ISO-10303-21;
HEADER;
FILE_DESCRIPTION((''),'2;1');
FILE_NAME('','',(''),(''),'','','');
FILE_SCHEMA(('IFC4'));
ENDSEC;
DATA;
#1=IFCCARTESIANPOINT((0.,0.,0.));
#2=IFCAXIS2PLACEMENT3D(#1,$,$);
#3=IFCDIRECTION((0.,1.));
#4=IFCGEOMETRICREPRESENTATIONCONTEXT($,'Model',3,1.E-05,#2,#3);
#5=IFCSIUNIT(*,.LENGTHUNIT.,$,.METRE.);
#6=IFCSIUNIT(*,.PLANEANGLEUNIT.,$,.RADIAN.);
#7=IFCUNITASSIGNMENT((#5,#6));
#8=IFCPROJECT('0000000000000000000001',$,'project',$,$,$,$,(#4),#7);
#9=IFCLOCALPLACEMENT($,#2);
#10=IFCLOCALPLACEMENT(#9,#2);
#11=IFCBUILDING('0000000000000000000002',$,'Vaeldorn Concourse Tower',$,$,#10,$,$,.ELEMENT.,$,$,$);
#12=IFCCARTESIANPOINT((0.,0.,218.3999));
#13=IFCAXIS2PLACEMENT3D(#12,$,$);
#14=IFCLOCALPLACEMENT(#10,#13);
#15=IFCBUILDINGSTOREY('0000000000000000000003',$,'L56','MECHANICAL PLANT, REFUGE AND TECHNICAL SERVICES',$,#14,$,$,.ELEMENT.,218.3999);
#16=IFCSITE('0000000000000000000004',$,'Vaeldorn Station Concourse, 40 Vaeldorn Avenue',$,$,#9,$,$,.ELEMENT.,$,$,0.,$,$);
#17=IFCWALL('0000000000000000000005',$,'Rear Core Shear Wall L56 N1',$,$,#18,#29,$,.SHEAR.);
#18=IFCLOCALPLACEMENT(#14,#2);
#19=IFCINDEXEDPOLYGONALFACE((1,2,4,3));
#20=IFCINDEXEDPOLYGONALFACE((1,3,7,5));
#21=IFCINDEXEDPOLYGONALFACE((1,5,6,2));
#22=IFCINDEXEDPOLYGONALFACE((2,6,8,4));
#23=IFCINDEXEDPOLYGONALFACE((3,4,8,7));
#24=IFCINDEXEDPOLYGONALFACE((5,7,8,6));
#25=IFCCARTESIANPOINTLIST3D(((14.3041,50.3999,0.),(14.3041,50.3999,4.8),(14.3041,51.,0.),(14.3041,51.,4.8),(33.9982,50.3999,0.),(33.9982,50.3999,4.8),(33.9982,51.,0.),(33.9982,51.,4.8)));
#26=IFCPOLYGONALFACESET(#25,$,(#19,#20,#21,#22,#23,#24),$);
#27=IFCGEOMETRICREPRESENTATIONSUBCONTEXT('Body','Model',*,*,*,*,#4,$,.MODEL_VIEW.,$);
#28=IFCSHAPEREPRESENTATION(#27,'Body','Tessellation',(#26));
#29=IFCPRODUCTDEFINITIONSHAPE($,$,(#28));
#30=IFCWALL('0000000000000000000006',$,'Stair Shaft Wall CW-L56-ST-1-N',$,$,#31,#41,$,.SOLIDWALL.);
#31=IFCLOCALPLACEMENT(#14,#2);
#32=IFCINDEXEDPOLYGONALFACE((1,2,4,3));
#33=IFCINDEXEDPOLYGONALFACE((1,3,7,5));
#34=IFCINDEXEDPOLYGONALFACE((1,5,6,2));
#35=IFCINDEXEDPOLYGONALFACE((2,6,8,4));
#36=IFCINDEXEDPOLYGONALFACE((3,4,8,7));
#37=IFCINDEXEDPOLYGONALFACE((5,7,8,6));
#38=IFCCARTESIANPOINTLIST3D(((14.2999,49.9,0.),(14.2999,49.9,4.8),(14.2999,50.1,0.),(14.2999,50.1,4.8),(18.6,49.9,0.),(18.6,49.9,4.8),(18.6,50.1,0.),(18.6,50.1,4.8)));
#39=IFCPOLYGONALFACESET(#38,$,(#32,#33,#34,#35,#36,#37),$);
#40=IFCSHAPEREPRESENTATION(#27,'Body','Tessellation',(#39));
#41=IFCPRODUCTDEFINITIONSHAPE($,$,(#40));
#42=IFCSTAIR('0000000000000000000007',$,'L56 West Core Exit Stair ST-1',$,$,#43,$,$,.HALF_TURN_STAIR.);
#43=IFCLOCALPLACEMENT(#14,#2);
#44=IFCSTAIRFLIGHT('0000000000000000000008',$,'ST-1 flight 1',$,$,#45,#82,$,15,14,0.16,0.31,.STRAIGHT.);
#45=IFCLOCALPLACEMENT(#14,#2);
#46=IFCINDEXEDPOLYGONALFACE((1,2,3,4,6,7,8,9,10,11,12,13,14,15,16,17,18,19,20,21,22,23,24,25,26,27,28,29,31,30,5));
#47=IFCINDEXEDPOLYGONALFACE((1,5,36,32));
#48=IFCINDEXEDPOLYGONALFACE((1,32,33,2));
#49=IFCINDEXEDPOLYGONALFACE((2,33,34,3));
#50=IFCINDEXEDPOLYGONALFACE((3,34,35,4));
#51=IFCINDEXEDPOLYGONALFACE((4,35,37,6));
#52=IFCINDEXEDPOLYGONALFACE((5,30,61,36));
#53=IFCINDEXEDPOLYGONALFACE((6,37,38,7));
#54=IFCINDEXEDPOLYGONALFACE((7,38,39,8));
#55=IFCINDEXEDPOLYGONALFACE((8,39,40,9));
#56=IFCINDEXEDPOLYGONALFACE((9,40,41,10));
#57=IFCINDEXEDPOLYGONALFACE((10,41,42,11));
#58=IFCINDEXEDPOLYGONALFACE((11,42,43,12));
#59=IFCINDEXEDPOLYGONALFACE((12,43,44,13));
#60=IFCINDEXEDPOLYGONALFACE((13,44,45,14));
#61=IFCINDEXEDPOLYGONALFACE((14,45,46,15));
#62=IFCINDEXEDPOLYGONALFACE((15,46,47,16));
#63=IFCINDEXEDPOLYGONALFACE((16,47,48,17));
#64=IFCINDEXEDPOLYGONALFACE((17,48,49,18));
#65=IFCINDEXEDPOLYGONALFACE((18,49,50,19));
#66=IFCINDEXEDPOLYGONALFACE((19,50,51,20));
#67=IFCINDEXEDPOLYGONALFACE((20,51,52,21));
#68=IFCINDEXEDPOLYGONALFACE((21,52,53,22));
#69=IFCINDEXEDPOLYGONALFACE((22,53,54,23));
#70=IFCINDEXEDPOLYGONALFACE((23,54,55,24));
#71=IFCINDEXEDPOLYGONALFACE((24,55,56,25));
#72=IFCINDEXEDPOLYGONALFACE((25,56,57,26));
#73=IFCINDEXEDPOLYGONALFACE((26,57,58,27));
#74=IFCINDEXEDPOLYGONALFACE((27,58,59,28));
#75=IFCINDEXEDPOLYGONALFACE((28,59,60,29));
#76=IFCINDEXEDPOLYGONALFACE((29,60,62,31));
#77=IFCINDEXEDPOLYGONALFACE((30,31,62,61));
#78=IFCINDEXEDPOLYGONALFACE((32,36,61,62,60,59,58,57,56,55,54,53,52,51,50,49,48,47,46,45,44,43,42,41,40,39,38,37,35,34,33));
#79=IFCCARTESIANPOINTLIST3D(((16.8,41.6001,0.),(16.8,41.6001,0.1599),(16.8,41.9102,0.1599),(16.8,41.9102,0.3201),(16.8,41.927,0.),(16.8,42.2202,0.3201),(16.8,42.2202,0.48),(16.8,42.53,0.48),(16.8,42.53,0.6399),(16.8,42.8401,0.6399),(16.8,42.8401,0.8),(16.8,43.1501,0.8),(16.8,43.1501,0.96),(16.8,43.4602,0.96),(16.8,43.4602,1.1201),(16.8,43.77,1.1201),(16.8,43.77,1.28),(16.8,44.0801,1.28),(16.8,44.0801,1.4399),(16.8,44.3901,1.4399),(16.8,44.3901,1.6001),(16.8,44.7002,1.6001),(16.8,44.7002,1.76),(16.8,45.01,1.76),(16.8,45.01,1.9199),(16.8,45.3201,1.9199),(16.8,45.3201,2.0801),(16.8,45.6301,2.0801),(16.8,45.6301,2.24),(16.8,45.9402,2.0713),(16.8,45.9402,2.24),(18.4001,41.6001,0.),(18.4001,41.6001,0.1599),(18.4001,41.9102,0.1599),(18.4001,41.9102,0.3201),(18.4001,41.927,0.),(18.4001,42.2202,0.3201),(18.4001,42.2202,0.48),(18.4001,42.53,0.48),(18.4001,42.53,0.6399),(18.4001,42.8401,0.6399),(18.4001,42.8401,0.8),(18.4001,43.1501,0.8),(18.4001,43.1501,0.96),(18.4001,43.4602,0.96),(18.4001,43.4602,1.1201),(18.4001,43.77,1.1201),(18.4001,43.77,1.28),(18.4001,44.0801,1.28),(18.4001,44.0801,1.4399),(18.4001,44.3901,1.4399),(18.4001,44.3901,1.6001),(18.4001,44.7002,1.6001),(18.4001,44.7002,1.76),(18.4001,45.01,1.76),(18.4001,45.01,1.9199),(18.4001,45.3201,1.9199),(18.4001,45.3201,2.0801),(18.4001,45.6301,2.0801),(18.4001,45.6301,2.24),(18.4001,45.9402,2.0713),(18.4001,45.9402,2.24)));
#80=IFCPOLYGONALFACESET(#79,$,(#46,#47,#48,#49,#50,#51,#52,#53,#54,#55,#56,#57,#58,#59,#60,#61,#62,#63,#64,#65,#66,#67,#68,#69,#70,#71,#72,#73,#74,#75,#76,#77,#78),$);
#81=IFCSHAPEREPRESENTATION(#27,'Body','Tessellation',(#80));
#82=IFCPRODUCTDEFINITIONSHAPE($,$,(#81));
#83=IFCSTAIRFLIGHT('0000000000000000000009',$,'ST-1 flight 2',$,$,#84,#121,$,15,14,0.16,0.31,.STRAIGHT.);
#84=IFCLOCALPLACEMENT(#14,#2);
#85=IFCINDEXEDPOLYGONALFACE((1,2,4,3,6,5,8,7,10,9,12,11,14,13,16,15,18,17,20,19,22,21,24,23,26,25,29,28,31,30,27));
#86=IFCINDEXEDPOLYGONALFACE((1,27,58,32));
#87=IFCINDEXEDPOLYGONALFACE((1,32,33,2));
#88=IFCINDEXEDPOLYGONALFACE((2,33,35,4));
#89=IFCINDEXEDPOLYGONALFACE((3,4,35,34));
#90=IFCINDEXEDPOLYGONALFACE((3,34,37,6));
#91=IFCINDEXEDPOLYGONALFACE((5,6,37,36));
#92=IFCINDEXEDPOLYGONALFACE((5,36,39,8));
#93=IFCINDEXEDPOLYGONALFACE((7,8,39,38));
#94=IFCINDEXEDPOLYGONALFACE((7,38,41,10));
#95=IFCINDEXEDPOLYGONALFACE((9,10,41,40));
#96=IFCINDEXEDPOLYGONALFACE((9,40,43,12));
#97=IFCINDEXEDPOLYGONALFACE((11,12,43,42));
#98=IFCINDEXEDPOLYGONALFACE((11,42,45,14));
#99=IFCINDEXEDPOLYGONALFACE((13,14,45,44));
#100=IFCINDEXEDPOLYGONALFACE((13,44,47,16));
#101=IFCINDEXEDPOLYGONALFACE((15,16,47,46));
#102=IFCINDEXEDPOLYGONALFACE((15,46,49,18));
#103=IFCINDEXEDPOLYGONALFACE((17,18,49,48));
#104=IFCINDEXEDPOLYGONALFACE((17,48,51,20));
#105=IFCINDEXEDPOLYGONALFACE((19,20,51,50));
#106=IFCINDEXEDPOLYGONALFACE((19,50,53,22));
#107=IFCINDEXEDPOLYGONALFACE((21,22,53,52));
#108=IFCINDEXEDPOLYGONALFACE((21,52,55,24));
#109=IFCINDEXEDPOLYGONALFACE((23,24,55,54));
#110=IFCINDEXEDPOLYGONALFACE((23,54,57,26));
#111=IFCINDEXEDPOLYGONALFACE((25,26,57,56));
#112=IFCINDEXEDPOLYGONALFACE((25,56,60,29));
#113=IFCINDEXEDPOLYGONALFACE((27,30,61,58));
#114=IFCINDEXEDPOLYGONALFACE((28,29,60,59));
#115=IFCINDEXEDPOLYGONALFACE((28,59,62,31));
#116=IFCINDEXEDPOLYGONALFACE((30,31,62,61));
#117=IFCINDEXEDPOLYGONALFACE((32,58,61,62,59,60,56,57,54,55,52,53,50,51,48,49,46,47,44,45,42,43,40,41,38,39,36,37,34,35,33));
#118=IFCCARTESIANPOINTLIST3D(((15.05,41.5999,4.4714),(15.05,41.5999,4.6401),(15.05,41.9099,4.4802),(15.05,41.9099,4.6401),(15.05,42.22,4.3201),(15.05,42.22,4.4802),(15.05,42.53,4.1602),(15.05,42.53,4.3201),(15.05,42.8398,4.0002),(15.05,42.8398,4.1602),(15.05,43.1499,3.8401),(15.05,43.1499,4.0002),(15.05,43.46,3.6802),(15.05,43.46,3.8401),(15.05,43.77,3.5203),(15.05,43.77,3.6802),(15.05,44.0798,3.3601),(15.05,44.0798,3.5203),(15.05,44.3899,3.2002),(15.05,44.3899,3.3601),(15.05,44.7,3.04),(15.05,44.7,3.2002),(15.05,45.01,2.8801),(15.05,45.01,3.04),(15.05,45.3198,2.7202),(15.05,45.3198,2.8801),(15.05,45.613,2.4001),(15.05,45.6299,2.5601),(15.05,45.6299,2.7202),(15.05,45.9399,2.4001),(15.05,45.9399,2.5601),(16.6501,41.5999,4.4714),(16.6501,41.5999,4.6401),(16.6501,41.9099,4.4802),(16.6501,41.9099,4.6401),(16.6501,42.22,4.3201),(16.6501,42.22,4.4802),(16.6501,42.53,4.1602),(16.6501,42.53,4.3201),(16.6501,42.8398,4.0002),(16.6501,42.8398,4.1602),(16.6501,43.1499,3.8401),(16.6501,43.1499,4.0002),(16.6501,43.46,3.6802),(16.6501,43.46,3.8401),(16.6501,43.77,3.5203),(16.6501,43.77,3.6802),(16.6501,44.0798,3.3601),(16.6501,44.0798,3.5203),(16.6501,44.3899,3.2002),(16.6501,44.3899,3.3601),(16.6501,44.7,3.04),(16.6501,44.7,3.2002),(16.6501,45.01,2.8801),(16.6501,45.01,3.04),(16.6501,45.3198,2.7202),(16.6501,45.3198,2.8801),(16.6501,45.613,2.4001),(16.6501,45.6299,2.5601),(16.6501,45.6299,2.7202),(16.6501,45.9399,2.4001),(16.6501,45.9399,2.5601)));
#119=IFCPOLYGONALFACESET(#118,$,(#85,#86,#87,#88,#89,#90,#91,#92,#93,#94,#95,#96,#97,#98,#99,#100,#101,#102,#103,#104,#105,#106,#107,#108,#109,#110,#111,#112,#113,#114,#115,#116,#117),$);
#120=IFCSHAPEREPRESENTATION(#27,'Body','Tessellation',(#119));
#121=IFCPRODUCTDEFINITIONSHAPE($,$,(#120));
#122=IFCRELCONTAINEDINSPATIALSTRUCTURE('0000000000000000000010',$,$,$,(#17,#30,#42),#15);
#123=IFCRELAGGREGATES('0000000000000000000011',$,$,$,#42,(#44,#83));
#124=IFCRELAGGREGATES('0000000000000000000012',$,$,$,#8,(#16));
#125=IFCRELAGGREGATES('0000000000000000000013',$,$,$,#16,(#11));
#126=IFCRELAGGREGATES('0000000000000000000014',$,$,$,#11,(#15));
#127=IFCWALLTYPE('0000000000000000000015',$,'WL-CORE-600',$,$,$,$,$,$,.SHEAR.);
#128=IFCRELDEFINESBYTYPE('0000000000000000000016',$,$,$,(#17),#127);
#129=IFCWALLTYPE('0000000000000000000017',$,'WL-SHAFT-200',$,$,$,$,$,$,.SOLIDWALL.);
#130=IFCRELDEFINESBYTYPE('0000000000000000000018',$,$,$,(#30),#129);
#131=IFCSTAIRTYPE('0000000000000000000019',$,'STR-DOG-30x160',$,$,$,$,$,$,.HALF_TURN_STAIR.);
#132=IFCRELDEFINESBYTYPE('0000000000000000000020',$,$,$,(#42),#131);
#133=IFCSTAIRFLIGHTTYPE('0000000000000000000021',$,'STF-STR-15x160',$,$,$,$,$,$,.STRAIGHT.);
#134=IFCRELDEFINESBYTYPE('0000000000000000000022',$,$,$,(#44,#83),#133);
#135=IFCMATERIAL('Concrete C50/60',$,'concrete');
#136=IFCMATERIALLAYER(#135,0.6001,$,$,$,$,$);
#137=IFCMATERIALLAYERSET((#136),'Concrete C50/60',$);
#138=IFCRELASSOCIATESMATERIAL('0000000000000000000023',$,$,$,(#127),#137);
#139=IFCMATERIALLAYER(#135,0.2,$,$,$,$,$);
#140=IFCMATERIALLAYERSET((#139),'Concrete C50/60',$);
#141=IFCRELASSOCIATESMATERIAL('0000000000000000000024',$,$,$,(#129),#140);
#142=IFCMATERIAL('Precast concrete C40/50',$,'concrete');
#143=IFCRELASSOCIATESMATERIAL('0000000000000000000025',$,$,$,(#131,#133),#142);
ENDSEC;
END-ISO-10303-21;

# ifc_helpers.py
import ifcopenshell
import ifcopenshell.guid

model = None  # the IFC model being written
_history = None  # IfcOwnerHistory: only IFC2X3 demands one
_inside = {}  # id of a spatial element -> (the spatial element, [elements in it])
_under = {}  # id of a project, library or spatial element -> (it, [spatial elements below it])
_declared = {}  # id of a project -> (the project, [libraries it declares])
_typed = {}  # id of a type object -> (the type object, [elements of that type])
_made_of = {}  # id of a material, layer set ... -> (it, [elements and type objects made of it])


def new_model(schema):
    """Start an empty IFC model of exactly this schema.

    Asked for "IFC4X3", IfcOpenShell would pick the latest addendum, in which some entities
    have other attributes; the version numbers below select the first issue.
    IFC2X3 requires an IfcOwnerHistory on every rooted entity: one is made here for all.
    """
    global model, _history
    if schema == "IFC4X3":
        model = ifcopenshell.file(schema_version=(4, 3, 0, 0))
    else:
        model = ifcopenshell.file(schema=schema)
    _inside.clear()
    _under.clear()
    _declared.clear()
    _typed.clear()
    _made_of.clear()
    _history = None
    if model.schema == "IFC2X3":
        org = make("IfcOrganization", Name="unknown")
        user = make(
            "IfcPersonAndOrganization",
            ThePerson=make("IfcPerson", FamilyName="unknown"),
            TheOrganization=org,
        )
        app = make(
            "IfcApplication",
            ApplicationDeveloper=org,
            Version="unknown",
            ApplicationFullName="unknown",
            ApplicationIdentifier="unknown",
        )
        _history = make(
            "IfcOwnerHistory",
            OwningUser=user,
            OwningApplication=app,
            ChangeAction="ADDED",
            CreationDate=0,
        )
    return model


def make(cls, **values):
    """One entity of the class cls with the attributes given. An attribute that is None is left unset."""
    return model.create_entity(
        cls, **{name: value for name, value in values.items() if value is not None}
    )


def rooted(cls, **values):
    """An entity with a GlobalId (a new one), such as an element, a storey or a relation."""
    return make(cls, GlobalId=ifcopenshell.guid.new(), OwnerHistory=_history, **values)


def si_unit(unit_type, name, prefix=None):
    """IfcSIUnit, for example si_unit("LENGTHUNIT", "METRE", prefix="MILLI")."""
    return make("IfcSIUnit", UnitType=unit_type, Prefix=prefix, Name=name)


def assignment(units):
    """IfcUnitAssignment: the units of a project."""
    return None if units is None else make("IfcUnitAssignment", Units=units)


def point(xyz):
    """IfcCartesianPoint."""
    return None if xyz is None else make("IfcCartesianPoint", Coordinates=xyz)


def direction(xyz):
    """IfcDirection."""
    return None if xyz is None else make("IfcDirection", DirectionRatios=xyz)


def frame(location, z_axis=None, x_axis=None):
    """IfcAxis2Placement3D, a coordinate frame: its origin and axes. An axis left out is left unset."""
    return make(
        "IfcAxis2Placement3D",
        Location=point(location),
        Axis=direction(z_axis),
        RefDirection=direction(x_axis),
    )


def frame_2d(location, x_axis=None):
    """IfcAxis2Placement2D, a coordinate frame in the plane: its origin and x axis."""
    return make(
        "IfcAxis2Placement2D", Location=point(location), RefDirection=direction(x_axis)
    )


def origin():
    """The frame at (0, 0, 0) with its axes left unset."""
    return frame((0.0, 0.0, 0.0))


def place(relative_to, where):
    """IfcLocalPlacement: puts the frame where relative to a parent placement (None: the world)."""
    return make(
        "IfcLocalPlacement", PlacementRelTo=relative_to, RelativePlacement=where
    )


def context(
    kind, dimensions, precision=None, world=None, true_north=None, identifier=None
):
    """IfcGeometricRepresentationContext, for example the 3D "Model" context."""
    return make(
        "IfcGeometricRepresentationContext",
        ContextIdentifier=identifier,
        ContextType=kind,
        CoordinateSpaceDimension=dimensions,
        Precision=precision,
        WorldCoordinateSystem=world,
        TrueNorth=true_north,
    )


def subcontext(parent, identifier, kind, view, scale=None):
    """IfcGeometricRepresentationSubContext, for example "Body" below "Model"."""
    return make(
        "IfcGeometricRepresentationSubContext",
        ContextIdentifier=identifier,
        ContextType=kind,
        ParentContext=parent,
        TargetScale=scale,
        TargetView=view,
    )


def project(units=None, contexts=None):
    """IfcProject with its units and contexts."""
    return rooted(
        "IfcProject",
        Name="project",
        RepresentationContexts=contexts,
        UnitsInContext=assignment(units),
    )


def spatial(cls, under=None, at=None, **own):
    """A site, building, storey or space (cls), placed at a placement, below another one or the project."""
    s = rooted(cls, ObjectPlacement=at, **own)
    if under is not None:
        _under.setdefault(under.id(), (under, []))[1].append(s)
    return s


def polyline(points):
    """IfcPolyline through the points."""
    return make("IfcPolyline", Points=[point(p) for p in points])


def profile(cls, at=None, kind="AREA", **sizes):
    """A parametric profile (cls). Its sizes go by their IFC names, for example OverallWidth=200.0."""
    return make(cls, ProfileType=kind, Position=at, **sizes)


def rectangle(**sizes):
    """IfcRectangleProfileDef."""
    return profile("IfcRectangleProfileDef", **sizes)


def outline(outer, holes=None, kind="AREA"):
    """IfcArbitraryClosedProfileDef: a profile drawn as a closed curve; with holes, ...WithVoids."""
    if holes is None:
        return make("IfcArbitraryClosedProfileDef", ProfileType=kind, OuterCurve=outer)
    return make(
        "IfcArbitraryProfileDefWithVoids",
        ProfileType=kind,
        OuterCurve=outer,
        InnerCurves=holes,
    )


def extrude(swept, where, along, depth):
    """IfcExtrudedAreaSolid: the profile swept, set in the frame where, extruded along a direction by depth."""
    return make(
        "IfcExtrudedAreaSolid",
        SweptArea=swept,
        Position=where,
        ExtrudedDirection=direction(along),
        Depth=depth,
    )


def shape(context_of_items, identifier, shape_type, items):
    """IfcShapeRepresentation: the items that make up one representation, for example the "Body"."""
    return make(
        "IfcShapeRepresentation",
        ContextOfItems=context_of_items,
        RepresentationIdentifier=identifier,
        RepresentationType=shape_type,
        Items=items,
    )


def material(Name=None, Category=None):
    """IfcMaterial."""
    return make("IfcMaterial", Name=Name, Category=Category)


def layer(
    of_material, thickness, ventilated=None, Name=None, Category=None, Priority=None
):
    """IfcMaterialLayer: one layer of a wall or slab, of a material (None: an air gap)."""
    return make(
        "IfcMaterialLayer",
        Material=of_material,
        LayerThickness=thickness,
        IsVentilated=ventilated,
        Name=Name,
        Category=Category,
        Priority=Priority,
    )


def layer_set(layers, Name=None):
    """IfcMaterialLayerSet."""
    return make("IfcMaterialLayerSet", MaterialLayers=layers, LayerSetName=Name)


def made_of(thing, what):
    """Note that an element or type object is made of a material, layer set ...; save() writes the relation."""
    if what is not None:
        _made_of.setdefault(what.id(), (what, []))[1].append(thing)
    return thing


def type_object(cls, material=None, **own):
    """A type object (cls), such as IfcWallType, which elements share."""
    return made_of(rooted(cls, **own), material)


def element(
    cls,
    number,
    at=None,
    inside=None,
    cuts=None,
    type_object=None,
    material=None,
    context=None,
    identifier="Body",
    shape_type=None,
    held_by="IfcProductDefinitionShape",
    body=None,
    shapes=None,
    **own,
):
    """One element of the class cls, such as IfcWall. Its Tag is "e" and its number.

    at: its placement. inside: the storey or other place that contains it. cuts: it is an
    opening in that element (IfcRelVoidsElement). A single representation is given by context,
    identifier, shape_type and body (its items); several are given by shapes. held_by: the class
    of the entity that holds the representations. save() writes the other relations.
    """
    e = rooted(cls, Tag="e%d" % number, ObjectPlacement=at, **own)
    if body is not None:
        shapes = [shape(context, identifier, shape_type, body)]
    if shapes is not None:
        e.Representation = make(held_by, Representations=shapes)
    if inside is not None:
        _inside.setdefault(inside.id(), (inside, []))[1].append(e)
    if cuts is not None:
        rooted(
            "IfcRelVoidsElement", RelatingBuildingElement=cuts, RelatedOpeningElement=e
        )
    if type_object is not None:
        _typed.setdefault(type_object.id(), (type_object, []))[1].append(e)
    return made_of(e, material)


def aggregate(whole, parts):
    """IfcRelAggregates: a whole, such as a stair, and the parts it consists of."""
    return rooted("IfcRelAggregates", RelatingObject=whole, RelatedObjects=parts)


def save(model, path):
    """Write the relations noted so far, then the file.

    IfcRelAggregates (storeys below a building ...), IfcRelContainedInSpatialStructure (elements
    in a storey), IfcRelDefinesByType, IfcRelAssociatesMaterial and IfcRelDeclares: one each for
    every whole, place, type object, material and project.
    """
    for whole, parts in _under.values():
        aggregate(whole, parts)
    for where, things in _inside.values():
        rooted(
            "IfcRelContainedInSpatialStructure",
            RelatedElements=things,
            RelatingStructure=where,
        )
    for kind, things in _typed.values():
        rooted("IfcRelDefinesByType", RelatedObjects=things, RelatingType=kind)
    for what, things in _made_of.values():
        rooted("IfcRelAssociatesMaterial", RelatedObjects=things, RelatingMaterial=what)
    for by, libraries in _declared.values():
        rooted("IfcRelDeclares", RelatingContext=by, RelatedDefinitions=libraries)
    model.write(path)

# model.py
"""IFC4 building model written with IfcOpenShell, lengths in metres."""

from ifc_helpers import new_model, si_unit, direction, frame, frame_2d, origin, place, context, subcontext, project, spatial, polyline, rectangle, outline, extrude, material, layer, layer_set, type_object, element, aggregate, save


model = new_model("IFC4")

# Units and contexts
model_context = context("Model", 3, precision=1e-05, world=origin(), true_north=direction((0.0, 1.0)))
body_context = subcontext(model_context, "Body", "Model", "MODEL_VIEW")
ifc_project = project(units=[si_unit("LENGTHUNIT", "METRE"), si_unit("PLANEANGLEUNIT", "RADIAN")], contexts=[model_context])

# Site, building, storey
site_placement = place(None, origin())
site = spatial("IfcSite", under=ifc_project, at=site_placement, Name="Vaeldorn Station Concourse, 40 Vaeldorn Avenue", CompositionType="ELEMENT", RefElevation=0.0)
building_placement = place(site_placement, origin())
building = spatial("IfcBuilding", under=site, at=building_placement, Name="Vaeldorn Concourse Tower", CompositionType="ELEMENT")
storey_placement = place(building_placement, frame((0.0, 0.0, 218.3999)))
storey = spatial("IfcBuildingStorey", under=building, at=storey_placement, Name="L56", Description="MECHANICAL PLANT, REFUGE AND TECHNICAL SERVICES", CompositionType="ELEMENT", Elevation=218.3999)

# Walls
ifc_material_1 = material(Name="Concrete C50/60", Category="concrete")
ifc_layer_1 = layer(ifc_material_1, 0.6001)
ifc_layer_set_1 = layer_set([ifc_layer_1], Name="Concrete C50/60")
wall_type_1 = type_object("IfcWallType", Name="WL-CORE-600", PredefinedType="SHEAR", material=ifc_layer_set_1)
wall_1_placement = place(storey_placement, frame((14.304, 50.7, 0.0), z_axis=(0.0, 0.0, 1.0), x_axis=(1.0, 0.0, 0.0)))
element("IfcWall", 1, at=wall_1_placement, inside=storey, type_object=wall_type_1, Name="Rear Core Shear Wall L56 N1", PredefinedType="SHEAR", context=body_context, shape_type="SweptSolid", body=[
    extrude(rectangle(XDim=19.6941, YDim=0.6001, at=frame_2d((9.8472, 0.0))), origin(), (0.0, 0.0, 1.0), 4.8),
])
ifc_layer_2 = layer(ifc_material_1, 0.2)
ifc_layer_set_2 = layer_set([ifc_layer_2], Name="Concrete C50/60")
wall_type_2 = type_object("IfcWallType", Name="WL-SHAFT-200", PredefinedType="SOLIDWALL", material=ifc_layer_set_2)
wall_2_placement = place(storey_placement, frame((14.3, 50.0, 0.0), z_axis=(0.0, 0.0, 1.0), x_axis=(1.0, 0.0, 0.0)))
element("IfcWall", 2, at=wall_2_placement, inside=storey, type_object=wall_type_2, Name="Stair Shaft Wall CW-L56-ST-1-N", PredefinedType="SOLIDWALL", context=body_context, shape_type="SweptSolid", body=[
    extrude(rectangle(XDim=4.3, YDim=0.2, at=frame_2d((2.1499, 0.0))), origin(), (0.0, 0.0, 1.0), 4.8),
])

# Stair, stair flights
ifc_material_2 = material(Name="Precast concrete C40/50", Category="concrete")
stair_type = type_object("IfcStairType", Name="STR-DOG-30x160", PredefinedType="HALF_TURN_STAIR", material=ifc_material_2)
stair_placement = place(storey_placement, origin())
stair = element("IfcStair", 3, at=stair_placement, inside=storey, type_object=stair_type, Name="L56 West Core Exit Stair ST-1", PredefinedType="HALF_TURN_STAIR")
stair_flight_type = type_object("IfcStairFlightType", Name="STF-STR-15x160", PredefinedType="STRAIGHT", material=ifc_material_2)
stair_flight_1_placement = place(storey_placement, frame((17.6001, 41.6001, 0.0), z_axis=(0.0, 0.0, 1.0), x_axis=(0.0, 1.0, 0.0)))
stair_flight_1 = element("IfcStairFlight", 4, at=stair_flight_1_placement, type_object=stair_flight_type, Name="ST-1 flight 1", NumberOfRisers=15, NumberOfTreads=14, PredefinedType="STRAIGHT", RiserHeight=0.16, TreadLength=0.31, context=body_context, shape_type="SweptSolid", body=[
    extrude(outline(polyline([(0.0, 0.0), (0.0, 0.1599), (0.3101, 0.1599), (0.3101, 0.3201), (0.6201, 0.3201), (0.6201, 0.48), (0.9299, 0.48), (0.9299, 0.6399), (1.24, 0.6399), (1.24, 0.8), (1.55, 0.8), (1.55, 0.96), (1.8601, 0.96), (1.8601, 1.1201), (2.1699, 1.1201), (2.1699, 1.28), (2.48, 1.28), (2.48, 1.4399), (2.79, 1.4399), (2.79, 1.6001), (3.1001, 1.6001), (3.1001, 1.76), (3.4099, 1.76), (3.4099, 1.9199), (3.72, 1.9199), (3.72, 2.0801), (4.03, 2.0801), (4.03, 2.24), (4.3401, 2.24), (4.3401, 2.3999), (4.3401, 2.0713), (0.3269, 0.0), (0.0, 0.0)])), frame((0.0, 0.8, 0.0), z_axis=(0.0, -1.0, 0.0), x_axis=(1.0, 0.0, 0.0)), (0.0, 0.0, 1.0), 1.6001),
])
stair_flight_2_placement = place(storey_placement, frame((15.8501, 45.9399, 2.4001), z_axis=(0.0, 0.0, 1.0), x_axis=(0.0, -1.0, 0.0)))
stair_flight_2 = element("IfcStairFlight", 5, at=stair_flight_2_placement, type_object=stair_flight_type, Name="ST-1 flight 2", NumberOfRisers=15, NumberOfTreads=14, PredefinedType="STRAIGHT", RiserHeight=0.16, TreadLength=0.31, context=body_context, shape_type="SweptSolid", body=[
    extrude(outline(polyline([(0.0, 0.0), (0.0, 0.1599), (0.3101, 0.1599), (0.3101, 0.3201), (0.6201, 0.3201), (0.6201, 0.48), (0.9299, 0.48), (0.9299, 0.6399), (1.24, 0.6399), (1.24, 0.8), (1.55, 0.8), (1.55, 0.96), (1.8601, 0.96), (1.8601, 1.1201), (2.1699, 1.1201), (2.1699, 1.28), (2.48, 1.28), (2.48, 1.4399), (2.79, 1.4399), (2.79, 1.6001), (3.1001, 1.6001), (3.1001, 1.76), (3.4099, 1.76), (3.4099, 1.9199), (3.72, 1.9199), (3.72, 2.0801), (4.03, 2.0801), (4.03, 2.24), (4.3401, 2.24), (4.3401, 2.3999), (4.3401, 2.0713), (0.3269, 0.0), (0.0, 0.0)])), frame((0.0, 0.8, 0.0), z_axis=(0.0, -1.0, 0.0), x_axis=(1.0, 0.0, 0.0)), (0.0, 0.0, 1.0), 1.6001),
])
aggregate(stair, [stair_flight_1, stair_flight_2])

save(model, "model.ifc")
